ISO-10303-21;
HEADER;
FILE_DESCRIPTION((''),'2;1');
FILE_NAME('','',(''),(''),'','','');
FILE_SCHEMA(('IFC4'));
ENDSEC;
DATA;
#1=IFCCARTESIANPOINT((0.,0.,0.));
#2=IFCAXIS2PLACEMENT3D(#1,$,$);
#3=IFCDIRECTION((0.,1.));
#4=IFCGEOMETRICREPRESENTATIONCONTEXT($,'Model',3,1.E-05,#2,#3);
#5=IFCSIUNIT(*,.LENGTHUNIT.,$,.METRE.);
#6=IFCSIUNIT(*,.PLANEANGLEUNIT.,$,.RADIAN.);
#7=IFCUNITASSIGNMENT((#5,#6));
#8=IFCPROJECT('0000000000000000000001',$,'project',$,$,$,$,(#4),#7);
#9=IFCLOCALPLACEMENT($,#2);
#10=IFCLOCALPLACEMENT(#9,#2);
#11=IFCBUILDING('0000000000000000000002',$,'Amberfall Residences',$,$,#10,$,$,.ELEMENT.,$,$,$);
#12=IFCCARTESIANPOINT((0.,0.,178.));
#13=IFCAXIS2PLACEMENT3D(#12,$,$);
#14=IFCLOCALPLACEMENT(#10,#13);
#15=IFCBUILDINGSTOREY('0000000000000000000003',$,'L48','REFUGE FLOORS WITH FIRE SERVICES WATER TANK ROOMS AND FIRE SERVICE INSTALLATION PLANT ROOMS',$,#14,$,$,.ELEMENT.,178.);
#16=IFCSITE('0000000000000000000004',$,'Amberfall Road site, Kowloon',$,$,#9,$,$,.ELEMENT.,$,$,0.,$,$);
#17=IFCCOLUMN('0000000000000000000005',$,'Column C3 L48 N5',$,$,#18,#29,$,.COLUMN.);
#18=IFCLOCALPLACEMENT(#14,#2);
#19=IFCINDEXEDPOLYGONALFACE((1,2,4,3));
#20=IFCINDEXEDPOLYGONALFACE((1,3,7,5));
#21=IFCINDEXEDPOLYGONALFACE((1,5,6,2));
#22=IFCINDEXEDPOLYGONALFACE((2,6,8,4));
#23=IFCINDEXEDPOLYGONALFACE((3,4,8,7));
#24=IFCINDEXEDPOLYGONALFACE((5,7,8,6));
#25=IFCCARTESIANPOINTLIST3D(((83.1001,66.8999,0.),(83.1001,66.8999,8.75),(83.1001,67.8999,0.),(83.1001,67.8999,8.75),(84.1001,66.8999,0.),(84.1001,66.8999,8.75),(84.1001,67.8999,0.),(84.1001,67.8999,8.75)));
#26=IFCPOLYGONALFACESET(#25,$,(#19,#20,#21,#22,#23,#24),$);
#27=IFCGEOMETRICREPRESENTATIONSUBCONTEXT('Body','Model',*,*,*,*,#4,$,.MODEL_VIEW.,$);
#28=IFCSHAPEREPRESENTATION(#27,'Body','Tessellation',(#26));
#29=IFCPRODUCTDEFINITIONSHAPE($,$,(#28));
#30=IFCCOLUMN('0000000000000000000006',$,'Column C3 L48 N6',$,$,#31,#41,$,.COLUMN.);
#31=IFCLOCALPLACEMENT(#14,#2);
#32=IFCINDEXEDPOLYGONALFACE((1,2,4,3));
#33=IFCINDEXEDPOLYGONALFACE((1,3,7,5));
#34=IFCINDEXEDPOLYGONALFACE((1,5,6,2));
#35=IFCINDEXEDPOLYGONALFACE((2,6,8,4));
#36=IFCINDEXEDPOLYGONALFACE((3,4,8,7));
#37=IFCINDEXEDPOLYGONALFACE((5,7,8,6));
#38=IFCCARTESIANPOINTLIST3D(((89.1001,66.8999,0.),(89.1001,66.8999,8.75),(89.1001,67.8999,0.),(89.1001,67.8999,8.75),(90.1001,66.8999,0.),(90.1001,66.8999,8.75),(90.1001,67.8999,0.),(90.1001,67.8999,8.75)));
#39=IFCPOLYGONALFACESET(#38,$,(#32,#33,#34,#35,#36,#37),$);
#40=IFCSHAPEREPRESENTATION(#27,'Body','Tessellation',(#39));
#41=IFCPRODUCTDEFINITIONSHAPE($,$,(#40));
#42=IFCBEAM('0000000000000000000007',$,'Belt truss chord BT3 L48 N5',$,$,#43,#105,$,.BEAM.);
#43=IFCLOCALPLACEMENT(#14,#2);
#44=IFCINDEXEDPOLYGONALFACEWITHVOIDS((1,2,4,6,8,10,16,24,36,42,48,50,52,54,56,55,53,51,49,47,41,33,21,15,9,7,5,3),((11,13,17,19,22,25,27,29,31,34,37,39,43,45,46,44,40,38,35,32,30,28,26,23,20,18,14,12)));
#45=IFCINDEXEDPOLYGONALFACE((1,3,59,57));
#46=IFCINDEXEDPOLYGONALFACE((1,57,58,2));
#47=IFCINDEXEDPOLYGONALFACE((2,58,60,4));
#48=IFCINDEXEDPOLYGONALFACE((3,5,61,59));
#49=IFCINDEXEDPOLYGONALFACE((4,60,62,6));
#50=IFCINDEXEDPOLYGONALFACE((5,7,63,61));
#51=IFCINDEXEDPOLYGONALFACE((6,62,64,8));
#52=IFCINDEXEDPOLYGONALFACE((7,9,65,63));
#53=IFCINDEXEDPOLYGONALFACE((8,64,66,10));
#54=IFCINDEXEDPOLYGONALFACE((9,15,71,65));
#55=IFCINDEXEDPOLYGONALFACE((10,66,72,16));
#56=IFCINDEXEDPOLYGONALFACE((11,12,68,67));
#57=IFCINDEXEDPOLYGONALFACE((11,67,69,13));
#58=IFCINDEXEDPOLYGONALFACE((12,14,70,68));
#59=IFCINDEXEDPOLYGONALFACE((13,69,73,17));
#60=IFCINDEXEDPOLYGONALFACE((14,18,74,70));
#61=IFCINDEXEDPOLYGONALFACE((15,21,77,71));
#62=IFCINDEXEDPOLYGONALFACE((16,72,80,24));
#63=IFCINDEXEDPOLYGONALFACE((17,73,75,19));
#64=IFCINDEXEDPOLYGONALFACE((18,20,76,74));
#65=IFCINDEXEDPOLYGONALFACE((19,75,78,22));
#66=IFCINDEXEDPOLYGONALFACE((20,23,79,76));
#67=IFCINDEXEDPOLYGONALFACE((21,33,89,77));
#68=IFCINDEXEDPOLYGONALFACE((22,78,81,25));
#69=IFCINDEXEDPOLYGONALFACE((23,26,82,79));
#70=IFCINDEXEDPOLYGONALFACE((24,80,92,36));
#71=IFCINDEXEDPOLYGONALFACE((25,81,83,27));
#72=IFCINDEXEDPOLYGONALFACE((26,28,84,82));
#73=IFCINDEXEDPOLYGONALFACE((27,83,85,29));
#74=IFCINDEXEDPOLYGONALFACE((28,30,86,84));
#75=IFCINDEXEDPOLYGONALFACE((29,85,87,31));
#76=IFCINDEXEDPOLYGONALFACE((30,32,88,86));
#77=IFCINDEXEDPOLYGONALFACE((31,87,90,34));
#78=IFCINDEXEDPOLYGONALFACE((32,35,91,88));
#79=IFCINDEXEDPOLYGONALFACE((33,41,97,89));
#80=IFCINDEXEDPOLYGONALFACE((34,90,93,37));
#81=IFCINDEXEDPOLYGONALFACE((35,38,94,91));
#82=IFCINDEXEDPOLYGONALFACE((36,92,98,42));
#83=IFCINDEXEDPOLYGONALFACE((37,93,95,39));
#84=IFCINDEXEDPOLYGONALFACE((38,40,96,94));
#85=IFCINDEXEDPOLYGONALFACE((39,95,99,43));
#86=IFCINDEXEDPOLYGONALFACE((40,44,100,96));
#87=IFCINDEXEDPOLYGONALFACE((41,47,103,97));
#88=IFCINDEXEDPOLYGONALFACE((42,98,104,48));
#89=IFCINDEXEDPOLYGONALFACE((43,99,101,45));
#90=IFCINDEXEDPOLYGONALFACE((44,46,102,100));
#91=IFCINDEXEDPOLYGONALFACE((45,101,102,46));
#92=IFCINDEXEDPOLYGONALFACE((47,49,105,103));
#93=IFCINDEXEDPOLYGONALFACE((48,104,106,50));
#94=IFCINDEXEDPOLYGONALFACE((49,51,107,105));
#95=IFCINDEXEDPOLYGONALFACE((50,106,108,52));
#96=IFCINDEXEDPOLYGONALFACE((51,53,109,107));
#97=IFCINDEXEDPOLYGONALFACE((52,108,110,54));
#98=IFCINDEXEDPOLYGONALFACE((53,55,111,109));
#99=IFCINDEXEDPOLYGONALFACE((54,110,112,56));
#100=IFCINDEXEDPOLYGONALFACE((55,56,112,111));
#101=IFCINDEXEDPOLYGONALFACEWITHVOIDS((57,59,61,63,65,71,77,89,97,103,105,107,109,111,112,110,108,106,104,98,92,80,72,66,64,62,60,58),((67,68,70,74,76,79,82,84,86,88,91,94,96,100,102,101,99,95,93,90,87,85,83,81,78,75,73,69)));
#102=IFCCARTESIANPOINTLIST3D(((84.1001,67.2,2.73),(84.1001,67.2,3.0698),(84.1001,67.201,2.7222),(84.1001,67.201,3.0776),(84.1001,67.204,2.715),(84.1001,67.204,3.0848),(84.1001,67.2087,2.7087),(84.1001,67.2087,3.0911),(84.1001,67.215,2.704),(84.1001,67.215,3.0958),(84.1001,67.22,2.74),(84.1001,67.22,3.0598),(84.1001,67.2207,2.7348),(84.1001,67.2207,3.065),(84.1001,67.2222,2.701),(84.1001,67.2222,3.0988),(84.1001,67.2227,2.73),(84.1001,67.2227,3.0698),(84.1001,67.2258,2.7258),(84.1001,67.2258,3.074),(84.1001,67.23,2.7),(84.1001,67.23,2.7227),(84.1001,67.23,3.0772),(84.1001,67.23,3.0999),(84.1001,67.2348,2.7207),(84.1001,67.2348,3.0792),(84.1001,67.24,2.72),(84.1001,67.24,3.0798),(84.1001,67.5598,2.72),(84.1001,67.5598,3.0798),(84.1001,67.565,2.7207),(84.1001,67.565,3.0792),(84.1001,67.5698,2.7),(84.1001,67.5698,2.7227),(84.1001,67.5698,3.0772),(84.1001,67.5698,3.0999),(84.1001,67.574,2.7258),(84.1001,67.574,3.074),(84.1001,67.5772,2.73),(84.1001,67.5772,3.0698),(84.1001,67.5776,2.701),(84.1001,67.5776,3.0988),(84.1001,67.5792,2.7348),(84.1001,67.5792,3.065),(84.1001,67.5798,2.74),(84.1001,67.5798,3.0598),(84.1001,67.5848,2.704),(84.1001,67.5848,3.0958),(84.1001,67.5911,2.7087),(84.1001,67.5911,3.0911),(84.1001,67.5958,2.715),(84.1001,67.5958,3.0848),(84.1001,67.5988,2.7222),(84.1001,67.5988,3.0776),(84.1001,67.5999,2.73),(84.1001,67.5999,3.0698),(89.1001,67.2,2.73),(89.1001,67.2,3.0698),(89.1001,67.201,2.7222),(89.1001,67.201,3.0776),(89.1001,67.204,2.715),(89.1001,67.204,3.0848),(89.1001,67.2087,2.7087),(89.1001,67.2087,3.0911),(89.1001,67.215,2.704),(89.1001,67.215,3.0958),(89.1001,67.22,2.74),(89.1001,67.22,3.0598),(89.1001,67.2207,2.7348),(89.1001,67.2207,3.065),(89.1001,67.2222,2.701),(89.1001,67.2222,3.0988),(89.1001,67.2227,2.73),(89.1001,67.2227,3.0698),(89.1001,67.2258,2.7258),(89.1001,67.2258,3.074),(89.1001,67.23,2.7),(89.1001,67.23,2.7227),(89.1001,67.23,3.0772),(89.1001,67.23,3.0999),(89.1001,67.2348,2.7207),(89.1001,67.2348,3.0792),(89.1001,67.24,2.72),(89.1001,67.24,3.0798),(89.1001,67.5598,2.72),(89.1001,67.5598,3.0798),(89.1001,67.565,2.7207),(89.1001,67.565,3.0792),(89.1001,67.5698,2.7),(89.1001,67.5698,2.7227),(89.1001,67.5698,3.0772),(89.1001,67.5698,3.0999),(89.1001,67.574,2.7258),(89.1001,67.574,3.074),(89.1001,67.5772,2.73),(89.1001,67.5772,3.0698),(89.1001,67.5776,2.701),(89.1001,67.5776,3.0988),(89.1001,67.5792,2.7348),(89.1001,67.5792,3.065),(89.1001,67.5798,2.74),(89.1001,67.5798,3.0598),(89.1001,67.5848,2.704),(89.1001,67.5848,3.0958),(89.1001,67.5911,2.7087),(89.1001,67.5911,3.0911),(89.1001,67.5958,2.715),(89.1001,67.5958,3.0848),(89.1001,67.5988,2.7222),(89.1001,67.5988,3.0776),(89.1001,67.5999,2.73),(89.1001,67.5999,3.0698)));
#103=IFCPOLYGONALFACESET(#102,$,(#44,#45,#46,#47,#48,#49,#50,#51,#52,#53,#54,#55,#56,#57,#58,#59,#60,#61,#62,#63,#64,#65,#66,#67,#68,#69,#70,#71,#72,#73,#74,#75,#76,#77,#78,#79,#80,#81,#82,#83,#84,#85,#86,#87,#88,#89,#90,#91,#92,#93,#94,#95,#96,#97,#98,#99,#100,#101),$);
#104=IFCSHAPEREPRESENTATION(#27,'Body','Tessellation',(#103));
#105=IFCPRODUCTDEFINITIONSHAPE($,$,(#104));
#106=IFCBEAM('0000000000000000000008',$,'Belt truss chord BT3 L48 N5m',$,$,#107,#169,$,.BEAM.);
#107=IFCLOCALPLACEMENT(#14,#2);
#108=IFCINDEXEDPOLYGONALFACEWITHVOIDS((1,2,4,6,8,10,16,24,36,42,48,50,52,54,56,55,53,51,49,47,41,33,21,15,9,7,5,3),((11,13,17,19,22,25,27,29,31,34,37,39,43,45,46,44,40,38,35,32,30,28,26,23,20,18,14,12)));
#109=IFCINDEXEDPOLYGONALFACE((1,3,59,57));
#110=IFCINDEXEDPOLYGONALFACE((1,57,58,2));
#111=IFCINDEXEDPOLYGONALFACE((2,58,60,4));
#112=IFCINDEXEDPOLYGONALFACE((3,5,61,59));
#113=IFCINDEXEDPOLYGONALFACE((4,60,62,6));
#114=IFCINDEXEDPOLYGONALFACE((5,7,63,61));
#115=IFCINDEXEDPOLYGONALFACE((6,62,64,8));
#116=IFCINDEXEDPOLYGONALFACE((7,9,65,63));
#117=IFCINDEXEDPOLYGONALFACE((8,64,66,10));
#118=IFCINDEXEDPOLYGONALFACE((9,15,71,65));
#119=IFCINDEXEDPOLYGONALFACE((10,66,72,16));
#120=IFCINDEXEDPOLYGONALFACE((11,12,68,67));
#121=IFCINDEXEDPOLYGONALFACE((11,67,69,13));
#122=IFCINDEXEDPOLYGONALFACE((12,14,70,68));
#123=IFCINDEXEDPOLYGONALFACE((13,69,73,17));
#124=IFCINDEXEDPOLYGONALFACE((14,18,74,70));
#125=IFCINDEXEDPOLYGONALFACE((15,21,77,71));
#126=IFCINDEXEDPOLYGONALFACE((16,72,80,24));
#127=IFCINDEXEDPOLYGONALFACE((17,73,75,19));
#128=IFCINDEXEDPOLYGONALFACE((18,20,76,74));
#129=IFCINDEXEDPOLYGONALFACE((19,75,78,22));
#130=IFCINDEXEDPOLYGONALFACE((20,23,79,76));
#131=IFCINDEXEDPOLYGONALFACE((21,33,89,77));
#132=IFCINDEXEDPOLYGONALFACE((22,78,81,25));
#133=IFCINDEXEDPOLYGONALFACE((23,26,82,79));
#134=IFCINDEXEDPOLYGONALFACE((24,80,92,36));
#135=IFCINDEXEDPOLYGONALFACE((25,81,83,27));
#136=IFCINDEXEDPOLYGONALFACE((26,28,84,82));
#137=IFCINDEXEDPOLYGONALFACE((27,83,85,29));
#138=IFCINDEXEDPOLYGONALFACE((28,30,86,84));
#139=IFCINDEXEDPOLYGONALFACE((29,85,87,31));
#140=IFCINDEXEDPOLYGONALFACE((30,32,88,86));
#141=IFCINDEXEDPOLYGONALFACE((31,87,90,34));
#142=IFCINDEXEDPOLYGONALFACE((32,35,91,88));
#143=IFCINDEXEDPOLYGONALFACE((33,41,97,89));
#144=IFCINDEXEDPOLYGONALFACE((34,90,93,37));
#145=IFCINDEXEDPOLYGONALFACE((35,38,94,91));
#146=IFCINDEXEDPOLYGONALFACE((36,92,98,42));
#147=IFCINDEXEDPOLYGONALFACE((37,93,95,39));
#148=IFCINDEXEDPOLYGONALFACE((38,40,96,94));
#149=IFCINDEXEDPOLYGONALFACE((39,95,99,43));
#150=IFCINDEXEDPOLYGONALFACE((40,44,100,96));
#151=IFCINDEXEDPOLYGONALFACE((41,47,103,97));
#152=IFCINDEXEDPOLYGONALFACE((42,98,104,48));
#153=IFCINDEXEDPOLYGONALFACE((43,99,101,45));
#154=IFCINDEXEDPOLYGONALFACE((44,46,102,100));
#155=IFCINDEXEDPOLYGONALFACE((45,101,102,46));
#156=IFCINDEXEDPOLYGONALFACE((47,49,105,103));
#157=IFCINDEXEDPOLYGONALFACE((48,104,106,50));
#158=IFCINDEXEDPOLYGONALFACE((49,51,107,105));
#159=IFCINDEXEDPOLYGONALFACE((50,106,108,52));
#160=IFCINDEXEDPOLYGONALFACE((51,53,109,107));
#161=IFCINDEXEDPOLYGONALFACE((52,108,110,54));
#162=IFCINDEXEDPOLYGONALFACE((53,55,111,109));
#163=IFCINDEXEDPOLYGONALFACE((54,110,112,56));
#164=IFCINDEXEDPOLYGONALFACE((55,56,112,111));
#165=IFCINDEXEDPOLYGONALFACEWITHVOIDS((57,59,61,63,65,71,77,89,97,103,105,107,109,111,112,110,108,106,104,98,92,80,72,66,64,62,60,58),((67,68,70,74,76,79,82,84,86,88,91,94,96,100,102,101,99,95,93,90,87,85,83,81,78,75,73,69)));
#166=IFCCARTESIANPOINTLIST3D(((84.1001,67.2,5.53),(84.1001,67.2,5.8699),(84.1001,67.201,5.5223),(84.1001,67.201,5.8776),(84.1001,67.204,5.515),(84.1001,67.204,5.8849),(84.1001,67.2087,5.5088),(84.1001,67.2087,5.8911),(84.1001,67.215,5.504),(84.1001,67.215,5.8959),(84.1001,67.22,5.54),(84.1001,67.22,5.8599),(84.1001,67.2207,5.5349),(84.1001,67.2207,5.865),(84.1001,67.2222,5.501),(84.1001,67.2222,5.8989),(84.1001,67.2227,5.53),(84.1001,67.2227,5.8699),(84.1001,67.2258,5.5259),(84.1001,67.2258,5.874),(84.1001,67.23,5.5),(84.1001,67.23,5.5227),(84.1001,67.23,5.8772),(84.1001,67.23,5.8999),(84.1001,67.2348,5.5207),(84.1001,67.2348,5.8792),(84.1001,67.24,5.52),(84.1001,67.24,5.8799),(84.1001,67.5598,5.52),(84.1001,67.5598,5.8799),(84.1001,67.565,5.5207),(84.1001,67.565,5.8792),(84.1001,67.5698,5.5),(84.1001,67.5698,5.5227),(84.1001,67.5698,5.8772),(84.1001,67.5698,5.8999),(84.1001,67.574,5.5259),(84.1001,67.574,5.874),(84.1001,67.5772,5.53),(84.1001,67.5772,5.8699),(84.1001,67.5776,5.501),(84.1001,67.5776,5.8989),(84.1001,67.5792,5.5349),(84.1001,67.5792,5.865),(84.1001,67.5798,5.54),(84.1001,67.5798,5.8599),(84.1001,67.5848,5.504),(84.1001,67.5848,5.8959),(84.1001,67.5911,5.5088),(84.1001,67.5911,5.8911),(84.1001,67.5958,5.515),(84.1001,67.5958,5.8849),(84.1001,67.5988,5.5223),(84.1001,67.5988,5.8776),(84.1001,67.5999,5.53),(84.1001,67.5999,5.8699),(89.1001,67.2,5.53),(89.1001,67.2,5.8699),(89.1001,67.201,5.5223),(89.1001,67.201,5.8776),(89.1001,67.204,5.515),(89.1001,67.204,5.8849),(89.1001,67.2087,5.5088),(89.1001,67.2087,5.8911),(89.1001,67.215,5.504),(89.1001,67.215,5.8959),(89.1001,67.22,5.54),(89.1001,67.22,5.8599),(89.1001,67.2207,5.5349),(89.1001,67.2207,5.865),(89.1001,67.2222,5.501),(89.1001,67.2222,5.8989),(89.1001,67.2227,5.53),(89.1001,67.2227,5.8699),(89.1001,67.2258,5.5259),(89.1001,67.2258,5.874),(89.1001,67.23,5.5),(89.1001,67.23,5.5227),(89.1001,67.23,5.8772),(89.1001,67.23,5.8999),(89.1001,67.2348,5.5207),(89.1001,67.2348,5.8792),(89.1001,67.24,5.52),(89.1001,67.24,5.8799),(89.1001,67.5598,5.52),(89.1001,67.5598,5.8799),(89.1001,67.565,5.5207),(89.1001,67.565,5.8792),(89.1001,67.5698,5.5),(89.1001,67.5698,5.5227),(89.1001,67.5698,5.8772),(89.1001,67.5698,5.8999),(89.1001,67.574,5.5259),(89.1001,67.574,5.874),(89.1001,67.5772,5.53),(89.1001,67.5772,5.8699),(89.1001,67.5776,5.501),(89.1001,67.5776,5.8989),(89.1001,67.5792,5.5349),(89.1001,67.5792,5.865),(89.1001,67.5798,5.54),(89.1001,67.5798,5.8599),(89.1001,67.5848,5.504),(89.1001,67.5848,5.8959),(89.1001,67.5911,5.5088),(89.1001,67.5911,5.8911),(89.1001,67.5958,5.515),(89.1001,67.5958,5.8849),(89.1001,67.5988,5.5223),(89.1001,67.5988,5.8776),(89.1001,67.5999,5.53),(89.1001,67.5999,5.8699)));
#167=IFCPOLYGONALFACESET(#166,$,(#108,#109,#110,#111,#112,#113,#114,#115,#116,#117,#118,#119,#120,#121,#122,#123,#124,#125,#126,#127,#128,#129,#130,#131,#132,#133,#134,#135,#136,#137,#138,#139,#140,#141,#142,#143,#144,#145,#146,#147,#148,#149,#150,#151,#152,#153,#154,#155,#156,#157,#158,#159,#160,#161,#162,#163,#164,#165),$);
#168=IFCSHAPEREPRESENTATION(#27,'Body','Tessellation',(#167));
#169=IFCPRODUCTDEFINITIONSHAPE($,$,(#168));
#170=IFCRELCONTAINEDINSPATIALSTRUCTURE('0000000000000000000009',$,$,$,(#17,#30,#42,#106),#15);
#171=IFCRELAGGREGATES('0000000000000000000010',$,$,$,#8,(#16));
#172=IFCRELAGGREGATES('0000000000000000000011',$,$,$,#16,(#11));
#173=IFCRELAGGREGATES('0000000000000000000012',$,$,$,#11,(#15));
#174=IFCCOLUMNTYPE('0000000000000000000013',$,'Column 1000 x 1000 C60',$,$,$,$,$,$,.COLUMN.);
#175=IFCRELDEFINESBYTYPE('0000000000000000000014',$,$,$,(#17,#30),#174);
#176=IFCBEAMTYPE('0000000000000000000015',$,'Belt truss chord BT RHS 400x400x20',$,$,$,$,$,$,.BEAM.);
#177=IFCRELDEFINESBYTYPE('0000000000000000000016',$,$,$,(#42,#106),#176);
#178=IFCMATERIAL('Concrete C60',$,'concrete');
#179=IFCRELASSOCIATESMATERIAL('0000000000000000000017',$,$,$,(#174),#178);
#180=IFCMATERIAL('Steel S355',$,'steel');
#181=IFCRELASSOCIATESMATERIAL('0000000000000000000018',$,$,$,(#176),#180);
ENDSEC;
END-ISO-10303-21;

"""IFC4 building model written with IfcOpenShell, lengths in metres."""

from ifc_helpers import new_model, si_unit, direction, frame, origin, origin_2d, place, context, subcontext, project, spatial, rectangle, hollow_rectangle, extrude, material, material_profile, profile_set, type_object, element, save


model = new_model("IFC4")

# Units and contexts
model_context = context("Model", 3, precision=1e-05, world=origin(), true_north=direction((0.0, 1.0)))
body_context = subcontext(model_context, "Body", "Model", "MODEL_VIEW")
ifc_project = project(units=[si_unit("LENGTHUNIT", "METRE"), si_unit("PLANEANGLEUNIT", "RADIAN")], contexts=[model_context])

# Site, building, storey
site_placement = place(None, origin())
site = spatial("IfcSite", under=ifc_project, at=site_placement, Name="Amberfall Road site, Kowloon", CompositionType="ELEMENT", RefElevation=0.0)
building_placement = place(site_placement, origin())
building = spatial("IfcBuilding", under=site, at=building_placement, Name="Amberfall Residences", CompositionType="ELEMENT")
storey_placement = place(building_placement, frame((0.0, 0.0, 178.0)))
storey = spatial("IfcBuildingStorey", under=building, at=storey_placement, Name="L48", Description="REFUGE FLOORS WITH FIRE SERVICES WATER TANK ROOMS AND FIRE SERVICE INSTALLATION PLANT ROOMS", CompositionType="ELEMENT", Elevation=178.0)

# Columns
ifc_material_1 = material(Name="Concrete C60", Category="concrete")
ifc_material_profile_1 = material_profile(ifc_material_1, rectangle(XDim=1.0, YDim=1.0, at=origin_2d()), Name="Column 1000 x 1000 C60")
ifc_profile_set_1 = profile_set([ifc_material_profile_1], Name="Concrete C60")
column_type = type_object("IfcColumnType", Name="Column 1000 x 1000 C60", PredefinedType="COLUMN", material=ifc_profile_set_1)
for number, where, z_axis, x_axis, name in (
    (1, (83.6001, 67.3999, 0.0), (0.0, 0.0, 1.0), (1.0, 0.0, 0.0), "Column C3 L48 N5"),
    (2, (89.6001, 67.3999, 0.0), (0.0, 0.0, 1.0), (1.0, 0.0, 0.0), "Column C3 L48 N6"),
):
    element("IfcColumn", number, at=place(storey_placement, frame(where, z_axis=z_axis, x_axis=x_axis)), inside=storey, type_object=column_type, Name=name, PredefinedType="COLUMN", context=body_context, shape_type="SweptSolid", body=[
        extrude(rectangle(XDim=1.0, YDim=1.0, at=origin_2d()), origin(), (0.0, 0.0, 1.0), 8.75),
    ])

# Beams
ifc_material_2 = material(Name="Steel S355", Category="steel")
ifc_material_profile_2 = material_profile(ifc_material_2, hollow_rectangle(XDim=0.3999, YDim=0.3999, WallThickness=0.02, InnerFilletRadius=0.02, OuterFilletRadius=0.03, at=origin_2d()), Name="RHS 400x400x20")
ifc_profile_set_2 = profile_set([ifc_material_profile_2], Name="Steel S355")
beam_type_1 = type_object("IfcBeamType", Name="Belt truss chord BT RHS 400x400x20", PredefinedType="BEAM", material=ifc_profile_set_2)
for number, where, z_axis, x_axis, name in (
    (3, (84.1001, 67.3999, 2.8999), (1.0, 0.0, 0.0), (0.0, 1.0, 0.0), "Belt truss chord BT3 L48 N5"),
    (4, (84.1001, 67.3999, 5.7), (1.0, 0.0, 0.0), (0.0, 1.0, 0.0), "Belt truss chord BT3 L48 N5m"),
):
    element("IfcBeam", number, at=place(storey_placement, frame(where, z_axis=z_axis, x_axis=x_axis)), inside=storey, type_object=beam_type_1, Name=name, PredefinedType="BEAM", context=body_context, shape_type="SweptSolid", body=[
        extrude(hollow_rectangle(XDim=0.3999, YDim=0.3999, WallThickness=0.02, InnerFilletRadius=0.02, OuterFilletRadius=0.03, at=origin_2d()), origin(), (0.0, 0.0, 1.0), 5.0),
    ])

save(model, "model.ifc")
